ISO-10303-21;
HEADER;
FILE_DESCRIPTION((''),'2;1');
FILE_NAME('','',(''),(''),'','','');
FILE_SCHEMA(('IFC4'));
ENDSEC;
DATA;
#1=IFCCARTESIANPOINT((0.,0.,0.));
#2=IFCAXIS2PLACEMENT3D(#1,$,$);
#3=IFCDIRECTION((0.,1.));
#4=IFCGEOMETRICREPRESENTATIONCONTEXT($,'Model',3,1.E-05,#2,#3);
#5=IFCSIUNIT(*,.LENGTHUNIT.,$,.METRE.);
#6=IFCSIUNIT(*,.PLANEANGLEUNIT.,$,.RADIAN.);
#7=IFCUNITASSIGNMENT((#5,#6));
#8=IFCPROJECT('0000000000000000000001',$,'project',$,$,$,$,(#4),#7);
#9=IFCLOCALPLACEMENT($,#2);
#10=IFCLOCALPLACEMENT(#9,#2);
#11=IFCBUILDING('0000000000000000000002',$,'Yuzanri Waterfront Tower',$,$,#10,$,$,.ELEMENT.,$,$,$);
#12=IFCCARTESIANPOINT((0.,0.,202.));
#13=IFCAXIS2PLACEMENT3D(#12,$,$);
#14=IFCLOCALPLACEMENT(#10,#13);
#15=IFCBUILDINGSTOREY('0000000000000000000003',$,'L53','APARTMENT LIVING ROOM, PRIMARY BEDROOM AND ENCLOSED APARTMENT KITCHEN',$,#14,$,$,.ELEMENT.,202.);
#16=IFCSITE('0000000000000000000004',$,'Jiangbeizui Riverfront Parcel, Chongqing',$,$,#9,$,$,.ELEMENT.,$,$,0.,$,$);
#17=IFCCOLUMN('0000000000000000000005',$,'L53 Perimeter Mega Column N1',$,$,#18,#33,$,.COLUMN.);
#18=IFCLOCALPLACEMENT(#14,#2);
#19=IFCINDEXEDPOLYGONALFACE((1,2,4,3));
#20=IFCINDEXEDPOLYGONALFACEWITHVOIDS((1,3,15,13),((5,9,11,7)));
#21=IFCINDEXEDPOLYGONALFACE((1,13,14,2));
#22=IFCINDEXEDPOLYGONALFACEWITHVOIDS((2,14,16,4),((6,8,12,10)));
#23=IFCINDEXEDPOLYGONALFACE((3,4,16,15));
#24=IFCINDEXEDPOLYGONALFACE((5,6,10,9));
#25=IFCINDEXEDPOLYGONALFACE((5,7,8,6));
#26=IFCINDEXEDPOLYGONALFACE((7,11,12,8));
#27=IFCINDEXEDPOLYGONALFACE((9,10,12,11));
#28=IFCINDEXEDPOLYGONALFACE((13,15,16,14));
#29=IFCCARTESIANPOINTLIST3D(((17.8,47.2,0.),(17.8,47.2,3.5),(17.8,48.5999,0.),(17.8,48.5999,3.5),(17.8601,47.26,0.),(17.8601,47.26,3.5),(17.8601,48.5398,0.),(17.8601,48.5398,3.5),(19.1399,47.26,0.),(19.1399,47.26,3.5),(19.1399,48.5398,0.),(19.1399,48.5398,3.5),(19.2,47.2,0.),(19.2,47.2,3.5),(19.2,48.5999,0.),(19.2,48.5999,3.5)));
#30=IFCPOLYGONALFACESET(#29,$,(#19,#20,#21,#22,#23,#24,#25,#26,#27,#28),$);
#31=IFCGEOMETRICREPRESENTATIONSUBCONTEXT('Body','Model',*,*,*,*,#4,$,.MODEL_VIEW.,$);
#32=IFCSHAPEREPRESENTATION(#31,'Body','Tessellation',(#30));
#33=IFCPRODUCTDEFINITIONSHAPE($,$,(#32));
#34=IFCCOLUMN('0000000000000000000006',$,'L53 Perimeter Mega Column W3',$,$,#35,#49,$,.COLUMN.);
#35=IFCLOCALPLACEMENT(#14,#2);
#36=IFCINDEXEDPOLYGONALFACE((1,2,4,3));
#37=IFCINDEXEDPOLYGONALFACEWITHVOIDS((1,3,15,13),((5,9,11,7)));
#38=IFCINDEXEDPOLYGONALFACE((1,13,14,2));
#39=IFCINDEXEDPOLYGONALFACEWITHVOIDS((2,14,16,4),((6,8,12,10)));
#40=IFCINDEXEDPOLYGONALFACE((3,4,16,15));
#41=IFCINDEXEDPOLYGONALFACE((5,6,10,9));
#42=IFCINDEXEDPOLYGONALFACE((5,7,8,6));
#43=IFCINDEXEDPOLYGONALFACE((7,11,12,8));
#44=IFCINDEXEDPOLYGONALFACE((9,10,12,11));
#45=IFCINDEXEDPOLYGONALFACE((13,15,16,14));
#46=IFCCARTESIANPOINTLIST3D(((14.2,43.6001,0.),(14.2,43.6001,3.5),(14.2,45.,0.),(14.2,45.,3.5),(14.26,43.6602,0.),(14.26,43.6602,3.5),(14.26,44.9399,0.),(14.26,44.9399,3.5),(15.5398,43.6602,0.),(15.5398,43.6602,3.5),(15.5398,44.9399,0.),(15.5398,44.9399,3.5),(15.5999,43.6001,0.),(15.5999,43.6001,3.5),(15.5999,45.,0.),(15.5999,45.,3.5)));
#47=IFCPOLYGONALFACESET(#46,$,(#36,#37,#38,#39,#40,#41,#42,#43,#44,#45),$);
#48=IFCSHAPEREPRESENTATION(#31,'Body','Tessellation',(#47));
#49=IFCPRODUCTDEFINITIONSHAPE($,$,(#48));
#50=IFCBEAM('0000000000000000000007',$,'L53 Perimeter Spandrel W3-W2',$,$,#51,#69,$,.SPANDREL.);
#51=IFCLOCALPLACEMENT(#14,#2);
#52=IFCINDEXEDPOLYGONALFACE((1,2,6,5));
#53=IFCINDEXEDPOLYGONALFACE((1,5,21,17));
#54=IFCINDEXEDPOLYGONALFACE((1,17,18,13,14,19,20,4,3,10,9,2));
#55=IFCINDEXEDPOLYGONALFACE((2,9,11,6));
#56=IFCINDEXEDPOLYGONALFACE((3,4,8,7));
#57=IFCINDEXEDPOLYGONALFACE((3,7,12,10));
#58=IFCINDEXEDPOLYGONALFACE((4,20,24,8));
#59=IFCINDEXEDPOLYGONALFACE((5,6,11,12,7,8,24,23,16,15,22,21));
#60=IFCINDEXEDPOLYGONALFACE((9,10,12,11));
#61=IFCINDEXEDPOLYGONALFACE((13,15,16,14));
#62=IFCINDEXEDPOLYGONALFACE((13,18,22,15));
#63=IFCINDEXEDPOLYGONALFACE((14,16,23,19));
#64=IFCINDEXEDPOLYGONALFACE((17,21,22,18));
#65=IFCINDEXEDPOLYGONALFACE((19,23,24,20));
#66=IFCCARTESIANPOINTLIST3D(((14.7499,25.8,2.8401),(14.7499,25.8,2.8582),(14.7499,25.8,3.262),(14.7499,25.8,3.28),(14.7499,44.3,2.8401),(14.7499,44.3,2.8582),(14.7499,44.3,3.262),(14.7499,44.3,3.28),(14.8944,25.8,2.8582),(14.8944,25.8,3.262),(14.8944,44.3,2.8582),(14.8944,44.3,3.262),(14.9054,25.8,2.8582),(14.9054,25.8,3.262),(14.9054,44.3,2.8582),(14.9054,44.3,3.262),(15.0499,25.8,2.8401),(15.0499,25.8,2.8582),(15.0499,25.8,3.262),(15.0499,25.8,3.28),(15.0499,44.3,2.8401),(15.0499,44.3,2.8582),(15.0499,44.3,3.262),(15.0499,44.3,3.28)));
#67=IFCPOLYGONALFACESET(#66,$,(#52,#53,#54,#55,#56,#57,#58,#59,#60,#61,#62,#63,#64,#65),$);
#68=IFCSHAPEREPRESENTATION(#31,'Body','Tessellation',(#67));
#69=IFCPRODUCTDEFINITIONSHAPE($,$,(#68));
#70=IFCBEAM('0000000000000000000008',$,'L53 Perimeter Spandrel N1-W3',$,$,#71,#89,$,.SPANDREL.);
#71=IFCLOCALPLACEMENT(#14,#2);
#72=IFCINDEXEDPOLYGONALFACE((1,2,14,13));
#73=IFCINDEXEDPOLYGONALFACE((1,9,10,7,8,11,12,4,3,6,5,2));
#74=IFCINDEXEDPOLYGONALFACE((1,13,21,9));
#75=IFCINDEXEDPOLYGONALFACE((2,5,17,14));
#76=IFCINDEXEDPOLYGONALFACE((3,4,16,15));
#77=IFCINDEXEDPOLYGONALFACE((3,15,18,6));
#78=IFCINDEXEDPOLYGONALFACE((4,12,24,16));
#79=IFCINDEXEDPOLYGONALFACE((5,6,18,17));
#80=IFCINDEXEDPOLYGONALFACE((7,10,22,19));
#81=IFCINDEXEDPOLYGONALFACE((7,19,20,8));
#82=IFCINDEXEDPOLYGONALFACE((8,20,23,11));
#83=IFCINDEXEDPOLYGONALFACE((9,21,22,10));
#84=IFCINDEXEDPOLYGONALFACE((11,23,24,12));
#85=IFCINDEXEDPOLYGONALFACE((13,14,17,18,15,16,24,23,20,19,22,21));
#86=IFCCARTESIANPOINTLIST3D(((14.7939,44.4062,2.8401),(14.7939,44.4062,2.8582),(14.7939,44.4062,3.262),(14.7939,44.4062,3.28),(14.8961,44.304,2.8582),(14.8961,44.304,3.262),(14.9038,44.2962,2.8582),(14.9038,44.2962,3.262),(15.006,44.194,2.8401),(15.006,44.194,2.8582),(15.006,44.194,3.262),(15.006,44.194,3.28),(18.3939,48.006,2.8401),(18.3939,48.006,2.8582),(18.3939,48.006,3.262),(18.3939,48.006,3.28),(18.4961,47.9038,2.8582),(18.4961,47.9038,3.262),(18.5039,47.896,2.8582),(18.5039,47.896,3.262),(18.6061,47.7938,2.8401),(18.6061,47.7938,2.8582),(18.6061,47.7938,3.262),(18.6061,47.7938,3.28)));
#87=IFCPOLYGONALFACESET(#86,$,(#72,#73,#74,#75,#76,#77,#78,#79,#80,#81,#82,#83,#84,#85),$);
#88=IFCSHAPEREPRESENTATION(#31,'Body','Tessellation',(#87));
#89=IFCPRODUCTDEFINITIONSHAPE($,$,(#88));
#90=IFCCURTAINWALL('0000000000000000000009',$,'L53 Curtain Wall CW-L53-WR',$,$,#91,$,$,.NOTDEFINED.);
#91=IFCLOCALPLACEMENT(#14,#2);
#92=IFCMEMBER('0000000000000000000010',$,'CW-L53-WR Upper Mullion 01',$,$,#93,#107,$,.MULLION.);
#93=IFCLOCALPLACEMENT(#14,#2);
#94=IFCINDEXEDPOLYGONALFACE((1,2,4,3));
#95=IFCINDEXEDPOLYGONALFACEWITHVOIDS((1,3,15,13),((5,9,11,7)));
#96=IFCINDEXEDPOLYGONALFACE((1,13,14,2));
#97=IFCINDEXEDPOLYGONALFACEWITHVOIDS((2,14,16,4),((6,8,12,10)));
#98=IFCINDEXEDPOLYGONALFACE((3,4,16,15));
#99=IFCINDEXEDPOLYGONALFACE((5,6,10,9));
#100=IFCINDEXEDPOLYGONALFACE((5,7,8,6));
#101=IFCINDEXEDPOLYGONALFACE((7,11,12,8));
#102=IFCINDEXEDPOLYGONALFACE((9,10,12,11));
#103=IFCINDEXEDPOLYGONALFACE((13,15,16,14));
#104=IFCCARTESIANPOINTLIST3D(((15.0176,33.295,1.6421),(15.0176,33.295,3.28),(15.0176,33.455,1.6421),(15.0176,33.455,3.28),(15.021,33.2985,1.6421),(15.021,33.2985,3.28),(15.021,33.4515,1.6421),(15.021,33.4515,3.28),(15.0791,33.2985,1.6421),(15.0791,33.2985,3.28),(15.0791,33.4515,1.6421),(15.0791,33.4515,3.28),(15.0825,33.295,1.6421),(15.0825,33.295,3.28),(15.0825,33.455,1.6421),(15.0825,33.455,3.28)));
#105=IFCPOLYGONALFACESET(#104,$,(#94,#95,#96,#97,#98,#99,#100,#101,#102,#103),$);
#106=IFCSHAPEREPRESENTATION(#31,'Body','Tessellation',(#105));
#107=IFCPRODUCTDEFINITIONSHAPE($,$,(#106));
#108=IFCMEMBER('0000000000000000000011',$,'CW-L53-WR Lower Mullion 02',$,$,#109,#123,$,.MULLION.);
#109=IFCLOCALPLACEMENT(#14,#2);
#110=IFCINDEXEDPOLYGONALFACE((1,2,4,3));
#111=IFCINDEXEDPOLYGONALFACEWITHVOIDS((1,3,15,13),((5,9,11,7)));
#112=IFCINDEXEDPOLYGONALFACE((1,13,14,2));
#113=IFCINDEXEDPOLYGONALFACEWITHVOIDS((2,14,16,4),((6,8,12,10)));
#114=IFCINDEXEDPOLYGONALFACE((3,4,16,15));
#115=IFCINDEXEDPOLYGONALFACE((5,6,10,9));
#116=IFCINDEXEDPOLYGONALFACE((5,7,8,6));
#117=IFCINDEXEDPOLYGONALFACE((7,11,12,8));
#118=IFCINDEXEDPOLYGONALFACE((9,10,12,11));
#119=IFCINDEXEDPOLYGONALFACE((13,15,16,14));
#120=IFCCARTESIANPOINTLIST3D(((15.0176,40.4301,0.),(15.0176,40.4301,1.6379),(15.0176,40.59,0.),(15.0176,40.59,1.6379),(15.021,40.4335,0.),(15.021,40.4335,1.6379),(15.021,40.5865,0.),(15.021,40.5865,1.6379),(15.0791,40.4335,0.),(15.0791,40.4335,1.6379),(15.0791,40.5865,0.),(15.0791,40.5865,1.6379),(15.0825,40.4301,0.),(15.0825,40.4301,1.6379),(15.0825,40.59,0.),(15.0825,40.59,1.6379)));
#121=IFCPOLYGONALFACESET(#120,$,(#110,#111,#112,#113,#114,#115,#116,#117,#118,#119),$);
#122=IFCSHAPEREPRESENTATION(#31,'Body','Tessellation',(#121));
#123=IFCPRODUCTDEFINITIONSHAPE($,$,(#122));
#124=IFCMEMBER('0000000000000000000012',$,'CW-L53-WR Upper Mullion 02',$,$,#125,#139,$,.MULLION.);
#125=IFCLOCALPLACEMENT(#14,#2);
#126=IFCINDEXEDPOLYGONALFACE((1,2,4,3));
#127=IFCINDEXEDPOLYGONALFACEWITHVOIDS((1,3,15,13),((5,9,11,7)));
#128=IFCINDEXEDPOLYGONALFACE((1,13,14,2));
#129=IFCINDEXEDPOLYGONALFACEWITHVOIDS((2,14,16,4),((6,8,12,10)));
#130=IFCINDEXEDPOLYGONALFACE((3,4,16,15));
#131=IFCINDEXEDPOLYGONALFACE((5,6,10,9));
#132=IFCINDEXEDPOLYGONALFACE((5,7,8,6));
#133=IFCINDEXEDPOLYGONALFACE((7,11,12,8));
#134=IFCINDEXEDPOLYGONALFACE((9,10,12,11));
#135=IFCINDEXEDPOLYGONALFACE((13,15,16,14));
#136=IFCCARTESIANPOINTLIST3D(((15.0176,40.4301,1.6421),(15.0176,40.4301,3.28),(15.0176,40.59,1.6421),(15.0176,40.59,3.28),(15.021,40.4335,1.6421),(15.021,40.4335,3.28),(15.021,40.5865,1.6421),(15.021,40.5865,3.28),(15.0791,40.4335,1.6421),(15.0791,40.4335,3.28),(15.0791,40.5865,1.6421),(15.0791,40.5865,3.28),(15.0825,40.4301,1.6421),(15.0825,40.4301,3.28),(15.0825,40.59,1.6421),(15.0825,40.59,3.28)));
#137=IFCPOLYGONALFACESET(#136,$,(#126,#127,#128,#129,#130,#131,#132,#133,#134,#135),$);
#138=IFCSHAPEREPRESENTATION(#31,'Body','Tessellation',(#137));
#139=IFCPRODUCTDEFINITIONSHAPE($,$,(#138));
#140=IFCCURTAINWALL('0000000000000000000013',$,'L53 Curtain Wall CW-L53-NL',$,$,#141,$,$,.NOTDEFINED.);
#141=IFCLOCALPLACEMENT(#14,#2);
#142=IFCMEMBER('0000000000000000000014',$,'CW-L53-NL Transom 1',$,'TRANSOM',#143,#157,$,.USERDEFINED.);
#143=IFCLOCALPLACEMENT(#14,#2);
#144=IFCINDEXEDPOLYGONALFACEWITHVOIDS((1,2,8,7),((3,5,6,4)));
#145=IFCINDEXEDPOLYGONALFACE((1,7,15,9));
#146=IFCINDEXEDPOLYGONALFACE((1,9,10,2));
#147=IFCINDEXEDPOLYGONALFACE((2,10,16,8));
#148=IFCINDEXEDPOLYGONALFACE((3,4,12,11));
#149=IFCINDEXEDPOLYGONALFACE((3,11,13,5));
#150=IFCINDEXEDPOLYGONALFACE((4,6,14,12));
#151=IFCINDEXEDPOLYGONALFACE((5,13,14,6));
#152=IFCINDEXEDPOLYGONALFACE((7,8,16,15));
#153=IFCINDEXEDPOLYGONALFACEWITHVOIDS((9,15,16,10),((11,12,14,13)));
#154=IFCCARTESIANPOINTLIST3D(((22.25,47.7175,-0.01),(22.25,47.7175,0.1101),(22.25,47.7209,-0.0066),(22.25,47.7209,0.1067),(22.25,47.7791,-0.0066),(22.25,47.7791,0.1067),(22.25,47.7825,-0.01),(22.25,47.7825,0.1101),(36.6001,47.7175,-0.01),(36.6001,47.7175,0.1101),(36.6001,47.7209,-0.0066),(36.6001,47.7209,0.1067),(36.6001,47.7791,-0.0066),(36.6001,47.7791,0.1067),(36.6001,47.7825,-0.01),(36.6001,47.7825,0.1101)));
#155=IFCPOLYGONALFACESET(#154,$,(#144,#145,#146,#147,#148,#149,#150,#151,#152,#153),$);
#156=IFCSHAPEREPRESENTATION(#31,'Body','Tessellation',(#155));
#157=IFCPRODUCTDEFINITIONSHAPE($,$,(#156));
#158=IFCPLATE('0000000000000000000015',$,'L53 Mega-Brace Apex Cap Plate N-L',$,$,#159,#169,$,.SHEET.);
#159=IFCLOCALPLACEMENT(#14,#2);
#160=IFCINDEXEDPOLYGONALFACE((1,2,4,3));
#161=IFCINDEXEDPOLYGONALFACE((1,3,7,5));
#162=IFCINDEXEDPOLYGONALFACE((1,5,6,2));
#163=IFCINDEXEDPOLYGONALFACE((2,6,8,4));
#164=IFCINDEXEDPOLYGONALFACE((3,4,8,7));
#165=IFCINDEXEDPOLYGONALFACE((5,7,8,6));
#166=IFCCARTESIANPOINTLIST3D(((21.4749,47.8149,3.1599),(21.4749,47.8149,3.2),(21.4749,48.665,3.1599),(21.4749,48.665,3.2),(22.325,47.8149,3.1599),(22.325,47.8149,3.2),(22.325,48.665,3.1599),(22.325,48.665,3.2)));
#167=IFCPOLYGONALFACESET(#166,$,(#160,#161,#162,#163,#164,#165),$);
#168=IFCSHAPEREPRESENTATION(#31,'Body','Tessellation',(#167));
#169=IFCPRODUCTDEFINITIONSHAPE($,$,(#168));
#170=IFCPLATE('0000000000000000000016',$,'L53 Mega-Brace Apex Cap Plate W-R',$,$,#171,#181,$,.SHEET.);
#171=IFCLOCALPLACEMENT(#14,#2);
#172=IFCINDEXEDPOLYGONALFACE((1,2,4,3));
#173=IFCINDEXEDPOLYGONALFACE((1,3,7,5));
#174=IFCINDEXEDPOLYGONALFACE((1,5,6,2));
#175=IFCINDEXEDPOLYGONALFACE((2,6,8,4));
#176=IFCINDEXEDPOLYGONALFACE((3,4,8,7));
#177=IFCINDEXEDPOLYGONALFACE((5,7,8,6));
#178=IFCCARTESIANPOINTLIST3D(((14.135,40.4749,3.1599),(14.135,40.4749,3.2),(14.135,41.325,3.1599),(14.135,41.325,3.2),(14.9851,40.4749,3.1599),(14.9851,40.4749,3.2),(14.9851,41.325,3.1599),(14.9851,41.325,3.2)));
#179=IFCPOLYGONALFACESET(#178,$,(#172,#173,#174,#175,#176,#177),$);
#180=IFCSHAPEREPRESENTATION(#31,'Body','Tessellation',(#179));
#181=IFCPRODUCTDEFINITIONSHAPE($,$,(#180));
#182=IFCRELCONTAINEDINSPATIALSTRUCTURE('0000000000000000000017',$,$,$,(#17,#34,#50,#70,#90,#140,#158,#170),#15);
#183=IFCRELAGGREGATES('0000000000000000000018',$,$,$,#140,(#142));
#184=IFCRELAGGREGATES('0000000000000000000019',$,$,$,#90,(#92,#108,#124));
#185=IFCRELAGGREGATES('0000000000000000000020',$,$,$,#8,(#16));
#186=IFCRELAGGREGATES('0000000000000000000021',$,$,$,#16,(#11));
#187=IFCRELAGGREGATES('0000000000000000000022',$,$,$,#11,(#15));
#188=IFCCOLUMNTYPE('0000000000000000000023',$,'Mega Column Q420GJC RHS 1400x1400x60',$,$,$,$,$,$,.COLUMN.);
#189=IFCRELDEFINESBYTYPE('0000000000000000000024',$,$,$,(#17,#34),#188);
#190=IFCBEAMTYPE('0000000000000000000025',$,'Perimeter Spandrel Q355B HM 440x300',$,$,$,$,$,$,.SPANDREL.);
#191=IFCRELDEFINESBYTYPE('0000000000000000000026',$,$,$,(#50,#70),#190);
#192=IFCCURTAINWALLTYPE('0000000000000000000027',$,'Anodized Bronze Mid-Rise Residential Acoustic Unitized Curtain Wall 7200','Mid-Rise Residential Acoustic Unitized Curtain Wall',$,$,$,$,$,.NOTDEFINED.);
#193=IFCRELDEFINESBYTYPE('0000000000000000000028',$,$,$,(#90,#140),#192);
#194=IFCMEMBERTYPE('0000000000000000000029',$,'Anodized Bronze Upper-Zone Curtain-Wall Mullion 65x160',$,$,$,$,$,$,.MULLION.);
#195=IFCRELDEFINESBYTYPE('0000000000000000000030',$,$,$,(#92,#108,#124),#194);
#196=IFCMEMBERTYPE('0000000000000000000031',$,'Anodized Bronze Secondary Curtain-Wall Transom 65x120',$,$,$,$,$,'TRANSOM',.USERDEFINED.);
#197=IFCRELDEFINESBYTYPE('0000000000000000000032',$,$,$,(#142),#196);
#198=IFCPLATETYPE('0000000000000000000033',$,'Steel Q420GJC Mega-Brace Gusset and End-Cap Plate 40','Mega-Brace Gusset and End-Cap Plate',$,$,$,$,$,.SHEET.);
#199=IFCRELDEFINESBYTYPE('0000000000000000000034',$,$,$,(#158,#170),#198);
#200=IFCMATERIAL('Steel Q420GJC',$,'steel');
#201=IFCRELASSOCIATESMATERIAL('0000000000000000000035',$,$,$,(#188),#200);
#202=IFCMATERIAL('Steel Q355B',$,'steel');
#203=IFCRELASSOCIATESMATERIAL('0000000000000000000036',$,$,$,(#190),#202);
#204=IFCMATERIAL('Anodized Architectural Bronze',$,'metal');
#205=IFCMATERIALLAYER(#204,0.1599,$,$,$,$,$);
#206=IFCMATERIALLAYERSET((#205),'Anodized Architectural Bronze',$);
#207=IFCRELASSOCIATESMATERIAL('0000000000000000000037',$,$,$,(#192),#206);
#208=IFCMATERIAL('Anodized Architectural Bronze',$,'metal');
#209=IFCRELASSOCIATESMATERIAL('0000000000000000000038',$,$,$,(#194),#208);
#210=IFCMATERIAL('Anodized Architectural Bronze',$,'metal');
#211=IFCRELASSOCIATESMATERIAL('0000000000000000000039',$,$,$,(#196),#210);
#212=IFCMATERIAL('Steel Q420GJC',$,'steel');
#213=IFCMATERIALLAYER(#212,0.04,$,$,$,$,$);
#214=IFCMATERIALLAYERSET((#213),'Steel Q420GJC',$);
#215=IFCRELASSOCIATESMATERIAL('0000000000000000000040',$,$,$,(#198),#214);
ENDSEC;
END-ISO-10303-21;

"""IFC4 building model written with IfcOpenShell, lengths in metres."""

from ifc_helpers import new_model, si_unit, direction, frame, origin, origin_2d, place, context, subcontext, project, spatial, rectangle, hollow_rectangle, i_section, extrude, source, transform, mapped, material, layer, layer_set, material_profile, profile_set, type_object, element, aggregate, save


model = new_model("IFC4")

# Units and contexts
model_context = context("Model", 3, precision=1e-05, world=origin(), true_north=direction((0.0, 1.0)))
body_context = subcontext(model_context, "Body", "Model", "MODEL_VIEW")
ifc_project = project(units=[si_unit("LENGTHUNIT", "METRE"), si_unit("PLANEANGLEUNIT", "RADIAN")], contexts=[model_context])

# Site, building, storey
site_placement = place(None, origin())
site = spatial("IfcSite", under=ifc_project, at=site_placement, Name="Jiangbeizui Riverfront Parcel, Chongqing", CompositionType="ELEMENT", RefElevation=0.0)
building_placement = place(site_placement, origin())
building = spatial("IfcBuilding", under=site, at=building_placement, Name="Yuzanri Waterfront Tower", CompositionType="ELEMENT")
storey_placement = place(building_placement, frame((0.0, 0.0, 202.0)))
storey = spatial("IfcBuildingStorey", under=building, at=storey_placement, Name="L53", Description="APARTMENT LIVING ROOM, PRIMARY BEDROOM AND ENCLOSED APARTMENT KITCHEN", CompositionType="ELEMENT", Elevation=202.0)

# Columns
ifc_material_1 = material(Name="Steel Q420GJC", Category="steel")
ifc_material_profile_1 = material_profile(ifc_material_1, hollow_rectangle(XDim=1.3999, YDim=1.3999, WallThickness=0.0601, at=origin_2d()), Name="RHS 1400x1400x60")
ifc_profile_set_1 = profile_set([ifc_material_profile_1], Name="Steel Q420GJC")
column_type = type_object("IfcColumnType", Name="Mega Column Q420GJC RHS 1400x1400x60", PredefinedType="COLUMN", material=ifc_profile_set_1)
shared_shape_1 = source(origin(), body_context, "Body", "SweptSolid", [
    extrude(hollow_rectangle(XDim=1.3999, YDim=1.3999, WallThickness=0.0601, at=origin_2d()), origin(), (0.0, 0.0, 1.0), 3.5),
])
for number, where, z_axis, x_axis, name in (
    (1, (18.5, 47.8999, 0.0), (0.0, 0.0, 1.0), (1.0, 0.0, 0.0), "L53 Perimeter Mega Column N1"),
    (2, (14.8999, 44.3, 0.0), (0.0, 0.0, 1.0), (1.0, 0.0, 0.0), "L53 Perimeter Mega Column W3"),
):
    element("IfcColumn", number, at=place(storey_placement, frame(where, z_axis=z_axis, x_axis=x_axis)), inside=storey, type_object=column_type, Name=name, PredefinedType="COLUMN", context=body_context, shape_type="MappedRepresentation", body=[
        mapped(shared_shape_1, transform((0.0, 0.0, 0.0), scale=1.0)),
    ])

# Beams
ifc_material_2 = material(Name="Steel Q355B", Category="steel")
ifc_material_profile_2 = material_profile(ifc_material_2, i_section(OverallWidth=0.3, OverallDepth=0.4399, WebThickness=0.011, FlangeThickness=0.0181, at=origin_2d()), Name="HM 440x300x11x18")
ifc_profile_set_2 = profile_set([ifc_material_profile_2], Name="Steel Q355B")
beam_type = type_object("IfcBeamType", Name="Perimeter Spandrel Q355B HM 440x300", PredefinedType="SPANDREL", material=ifc_profile_set_2)
shared_shape_2 = source(origin(), body_context, "Body", "SweptSolid", [
    extrude(i_section(OverallWidth=0.3, OverallDepth=0.4399, WebThickness=0.011, FlangeThickness=0.0181, at=origin_2d()), origin(), (0.0, 0.0, 1.0), 18.5),
])
beam_1_placement = place(storey_placement, frame((14.8999, 44.3, 3.0601), z_axis=(0.0, -1.0, 0.0), x_axis=(1.0, 0.0, 0.0)))
element("IfcBeam", 3, at=beam_1_placement, inside=storey, type_object=beam_type, Name="L53 Perimeter Spandrel W3-W2", PredefinedType="SPANDREL", context=body_context, shape_type="MappedRepresentation", body=[
    mapped(shared_shape_2, transform((0.0, 0.0, 0.0), scale=1.0)),
])
shared_shape_3 = source(origin(), body_context, "Body", "SweptSolid", [
    extrude(i_section(OverallWidth=0.3, OverallDepth=0.4399, WebThickness=0.011, FlangeThickness=0.0181, at=origin_2d()), origin(), (0.0, 0.0, 1.0), 5.0911),
])
beam_2_placement = place(storey_placement, frame((18.5, 47.8999, 3.0601), z_axis=(-0.707131, -0.707083, 0.0), x_axis=(0.707083, -0.707131, 0.0)))
element("IfcBeam", 4, at=beam_2_placement, inside=storey, type_object=beam_type, Name="L53 Perimeter Spandrel N1-W3", PredefinedType="SPANDREL", context=body_context, shape_type="MappedRepresentation", body=[
    mapped(shared_shape_3, transform((0.0, 0.0, 0.0), scale=1.0)),
])

# Curtain wall, members
ifc_material_3 = material(Name="Anodized Architectural Bronze", Category="metal")
ifc_layer_1 = layer(ifc_material_3, 0.1599)
ifc_layer_set_1 = layer_set([ifc_layer_1], Name="Anodized Architectural Bronze")
curtain_wall_type = type_object("IfcCurtainWallType", Name="Anodized Bronze Mid-Rise Residential Acoustic Unitized Curtain Wall 7200", Description="Mid-Rise Residential Acoustic Unitized Curtain Wall", PredefinedType="NOTDEFINED", material=ifc_layer_set_1)
curtain_wall_1_placement = place(storey_placement, origin())
curtain_wall_1 = element("IfcCurtainWall", 5, at=curtain_wall_1_placement, inside=storey, type_object=curtain_wall_type, Name="L53 Curtain Wall CW-L53-WR", PredefinedType="NOTDEFINED")
ifc_material_4 = material(Name="Anodized Architectural Bronze", Category="metal")
ifc_material_profile_3 = material_profile(ifc_material_4, hollow_rectangle(XDim=0.0649, YDim=0.1599, WallThickness=0.0034, at=origin_2d()), Name="CWM 65x160")
ifc_profile_set_3 = profile_set([ifc_material_profile_3], Name="Anodized Architectural Bronze")
member_type_1 = type_object("IfcMemberType", Name="Anodized Bronze Upper-Zone Curtain-Wall Mullion 65x160", PredefinedType="MULLION", material=ifc_profile_set_3)
shared_shape_4 = source(origin(), body_context, "Body", "SweptSolid", [
    extrude(hollow_rectangle(XDim=0.0649, YDim=0.1599, WallThickness=0.0034, at=origin_2d()), origin(), (0.0, 0.0, 1.0), 1.6379),
])
member_1_placement = place(storey_placement, frame((15.05, 33.375, 1.6421), z_axis=(0.0, 0.0, 1.0), x_axis=(1.0, 0.0, 0.0)))
member_1 = element("IfcMember", 6, at=member_1_placement, type_object=member_type_1, Name="CW-L53-WR Upper Mullion 01", PredefinedType="MULLION", context=body_context, shape_type="MappedRepresentation", body=[
    mapped(shared_shape_4, transform((0.0, 0.0, 0.0), scale=1.0)),
])
member_2_placement = place(storey_placement, frame((15.05, 40.51, 0.0), z_axis=(0.0, 0.0, 1.0), x_axis=(1.0, 0.0, 0.0)))
member_2 = element("IfcMember", 7, at=member_2_placement, type_object=member_type_1, Name="CW-L53-WR Lower Mullion 02", PredefinedType="MULLION", context=body_context, shape_type="MappedRepresentation", body=[
    mapped(shared_shape_4, transform((0.0, 0.0, 0.0), scale=1.0)),
])
member_3_placement = place(storey_placement, frame((15.05, 40.51, 1.6421), z_axis=(0.0, 0.0, 1.0), x_axis=(1.0, 0.0, 0.0)))
member_3 = element("IfcMember", 8, at=member_3_placement, type_object=member_type_1, Name="CW-L53-WR Upper Mullion 02", PredefinedType="MULLION", context=body_context, shape_type="MappedRepresentation", body=[
    mapped(shared_shape_4, transform((0.0, 0.0, 0.0), scale=1.0)),
])

# Curtain wall, member
curtain_wall_2_placement = place(storey_placement, origin())
curtain_wall_2 = element("IfcCurtainWall", 9, at=curtain_wall_2_placement, inside=storey, type_object=curtain_wall_type, Name="L53 Curtain Wall CW-L53-NL", PredefinedType="NOTDEFINED")
ifc_material_5 = material(Name="Anodized Architectural Bronze", Category="metal")
ifc_material_profile_4 = material_profile(ifc_material_5, hollow_rectangle(XDim=0.0649, YDim=0.1201, WallThickness=0.0034, at=origin_2d()), Name="CWT 65x120")
ifc_profile_set_4 = profile_set([ifc_material_profile_4], Name="Anodized Architectural Bronze")
member_type_2 = type_object("IfcMemberType", Name="Anodized Bronze Secondary Curtain-Wall Transom 65x120", ElementType="TRANSOM", PredefinedType="USERDEFINED", material=ifc_profile_set_4)
shared_shape_5 = source(origin(), body_context, "Body", "SweptSolid", [
    extrude(hollow_rectangle(XDim=0.0649, YDim=0.1201, WallThickness=0.0034, at=origin_2d()), origin(), (0.0, 0.0, 1.0), 14.3501),
])
member_4_placement = place(storey_placement, frame((22.25, 47.75, 0.05), z_axis=(1.0, 0.0, 0.0), x_axis=(0.0, 1.0, 0.0)))
member_4 = element("IfcMember", 10, at=member_4_placement, type_object=member_type_2, Name="CW-L53-NL Transom 1", ObjectType="TRANSOM", PredefinedType="USERDEFINED", context=body_context, shape_type="MappedRepresentation", body=[
    mapped(shared_shape_5, transform((0.0, 0.0, 0.0), scale=1.0)),
])
aggregate(curtain_wall_2, [member_4])

# Plates
ifc_material_6 = material(Name="Steel Q420GJC", Category="steel")
ifc_layer_2 = layer(ifc_material_6, 0.04)
ifc_layer_set_2 = layer_set([ifc_layer_2], Name="Steel Q420GJC")
plate_type_1 = type_object("IfcPlateType", Name="Steel Q420GJC Mega-Brace Gusset and End-Cap Plate 40", Description="Mega-Brace Gusset and End-Cap Plate", PredefinedType="SHEET", material=ifc_layer_set_2)
shared_shape_6 = source(origin(), body_context, "Body", "SweptSolid", [
    extrude(rectangle(XDim=0.8501, YDim=0.8501, at=origin_2d()), origin(), (0.0, 0.0, 1.0), 0.04),
])
for number, where, z_axis, x_axis, name in (
    (11, (21.8999, 48.24, 3.1599), (0.0, 0.0, 1.0), (1.0, 0.0, 0.0), "L53 Mega-Brace Apex Cap Plate N-L"),
    (12, (14.5601, 40.8999, 3.1599), (0.0, 0.0, 1.0), (1.0, 0.0, 0.0), "L53 Mega-Brace Apex Cap Plate W-R"),
):
    element("IfcPlate", number, at=place(storey_placement, frame(where, z_axis=z_axis, x_axis=x_axis)), inside=storey, type_object=plate_type_1, Name=name, PredefinedType="SHEET", context=body_context, shape_type="MappedRepresentation", body=[
        mapped(shared_shape_6, transform((0.0, 0.0, 0.0), scale=1.0)),
    ])

aggregate(curtain_wall_1, [member_1, member_2, member_3])

save(model, "model.ifc")
